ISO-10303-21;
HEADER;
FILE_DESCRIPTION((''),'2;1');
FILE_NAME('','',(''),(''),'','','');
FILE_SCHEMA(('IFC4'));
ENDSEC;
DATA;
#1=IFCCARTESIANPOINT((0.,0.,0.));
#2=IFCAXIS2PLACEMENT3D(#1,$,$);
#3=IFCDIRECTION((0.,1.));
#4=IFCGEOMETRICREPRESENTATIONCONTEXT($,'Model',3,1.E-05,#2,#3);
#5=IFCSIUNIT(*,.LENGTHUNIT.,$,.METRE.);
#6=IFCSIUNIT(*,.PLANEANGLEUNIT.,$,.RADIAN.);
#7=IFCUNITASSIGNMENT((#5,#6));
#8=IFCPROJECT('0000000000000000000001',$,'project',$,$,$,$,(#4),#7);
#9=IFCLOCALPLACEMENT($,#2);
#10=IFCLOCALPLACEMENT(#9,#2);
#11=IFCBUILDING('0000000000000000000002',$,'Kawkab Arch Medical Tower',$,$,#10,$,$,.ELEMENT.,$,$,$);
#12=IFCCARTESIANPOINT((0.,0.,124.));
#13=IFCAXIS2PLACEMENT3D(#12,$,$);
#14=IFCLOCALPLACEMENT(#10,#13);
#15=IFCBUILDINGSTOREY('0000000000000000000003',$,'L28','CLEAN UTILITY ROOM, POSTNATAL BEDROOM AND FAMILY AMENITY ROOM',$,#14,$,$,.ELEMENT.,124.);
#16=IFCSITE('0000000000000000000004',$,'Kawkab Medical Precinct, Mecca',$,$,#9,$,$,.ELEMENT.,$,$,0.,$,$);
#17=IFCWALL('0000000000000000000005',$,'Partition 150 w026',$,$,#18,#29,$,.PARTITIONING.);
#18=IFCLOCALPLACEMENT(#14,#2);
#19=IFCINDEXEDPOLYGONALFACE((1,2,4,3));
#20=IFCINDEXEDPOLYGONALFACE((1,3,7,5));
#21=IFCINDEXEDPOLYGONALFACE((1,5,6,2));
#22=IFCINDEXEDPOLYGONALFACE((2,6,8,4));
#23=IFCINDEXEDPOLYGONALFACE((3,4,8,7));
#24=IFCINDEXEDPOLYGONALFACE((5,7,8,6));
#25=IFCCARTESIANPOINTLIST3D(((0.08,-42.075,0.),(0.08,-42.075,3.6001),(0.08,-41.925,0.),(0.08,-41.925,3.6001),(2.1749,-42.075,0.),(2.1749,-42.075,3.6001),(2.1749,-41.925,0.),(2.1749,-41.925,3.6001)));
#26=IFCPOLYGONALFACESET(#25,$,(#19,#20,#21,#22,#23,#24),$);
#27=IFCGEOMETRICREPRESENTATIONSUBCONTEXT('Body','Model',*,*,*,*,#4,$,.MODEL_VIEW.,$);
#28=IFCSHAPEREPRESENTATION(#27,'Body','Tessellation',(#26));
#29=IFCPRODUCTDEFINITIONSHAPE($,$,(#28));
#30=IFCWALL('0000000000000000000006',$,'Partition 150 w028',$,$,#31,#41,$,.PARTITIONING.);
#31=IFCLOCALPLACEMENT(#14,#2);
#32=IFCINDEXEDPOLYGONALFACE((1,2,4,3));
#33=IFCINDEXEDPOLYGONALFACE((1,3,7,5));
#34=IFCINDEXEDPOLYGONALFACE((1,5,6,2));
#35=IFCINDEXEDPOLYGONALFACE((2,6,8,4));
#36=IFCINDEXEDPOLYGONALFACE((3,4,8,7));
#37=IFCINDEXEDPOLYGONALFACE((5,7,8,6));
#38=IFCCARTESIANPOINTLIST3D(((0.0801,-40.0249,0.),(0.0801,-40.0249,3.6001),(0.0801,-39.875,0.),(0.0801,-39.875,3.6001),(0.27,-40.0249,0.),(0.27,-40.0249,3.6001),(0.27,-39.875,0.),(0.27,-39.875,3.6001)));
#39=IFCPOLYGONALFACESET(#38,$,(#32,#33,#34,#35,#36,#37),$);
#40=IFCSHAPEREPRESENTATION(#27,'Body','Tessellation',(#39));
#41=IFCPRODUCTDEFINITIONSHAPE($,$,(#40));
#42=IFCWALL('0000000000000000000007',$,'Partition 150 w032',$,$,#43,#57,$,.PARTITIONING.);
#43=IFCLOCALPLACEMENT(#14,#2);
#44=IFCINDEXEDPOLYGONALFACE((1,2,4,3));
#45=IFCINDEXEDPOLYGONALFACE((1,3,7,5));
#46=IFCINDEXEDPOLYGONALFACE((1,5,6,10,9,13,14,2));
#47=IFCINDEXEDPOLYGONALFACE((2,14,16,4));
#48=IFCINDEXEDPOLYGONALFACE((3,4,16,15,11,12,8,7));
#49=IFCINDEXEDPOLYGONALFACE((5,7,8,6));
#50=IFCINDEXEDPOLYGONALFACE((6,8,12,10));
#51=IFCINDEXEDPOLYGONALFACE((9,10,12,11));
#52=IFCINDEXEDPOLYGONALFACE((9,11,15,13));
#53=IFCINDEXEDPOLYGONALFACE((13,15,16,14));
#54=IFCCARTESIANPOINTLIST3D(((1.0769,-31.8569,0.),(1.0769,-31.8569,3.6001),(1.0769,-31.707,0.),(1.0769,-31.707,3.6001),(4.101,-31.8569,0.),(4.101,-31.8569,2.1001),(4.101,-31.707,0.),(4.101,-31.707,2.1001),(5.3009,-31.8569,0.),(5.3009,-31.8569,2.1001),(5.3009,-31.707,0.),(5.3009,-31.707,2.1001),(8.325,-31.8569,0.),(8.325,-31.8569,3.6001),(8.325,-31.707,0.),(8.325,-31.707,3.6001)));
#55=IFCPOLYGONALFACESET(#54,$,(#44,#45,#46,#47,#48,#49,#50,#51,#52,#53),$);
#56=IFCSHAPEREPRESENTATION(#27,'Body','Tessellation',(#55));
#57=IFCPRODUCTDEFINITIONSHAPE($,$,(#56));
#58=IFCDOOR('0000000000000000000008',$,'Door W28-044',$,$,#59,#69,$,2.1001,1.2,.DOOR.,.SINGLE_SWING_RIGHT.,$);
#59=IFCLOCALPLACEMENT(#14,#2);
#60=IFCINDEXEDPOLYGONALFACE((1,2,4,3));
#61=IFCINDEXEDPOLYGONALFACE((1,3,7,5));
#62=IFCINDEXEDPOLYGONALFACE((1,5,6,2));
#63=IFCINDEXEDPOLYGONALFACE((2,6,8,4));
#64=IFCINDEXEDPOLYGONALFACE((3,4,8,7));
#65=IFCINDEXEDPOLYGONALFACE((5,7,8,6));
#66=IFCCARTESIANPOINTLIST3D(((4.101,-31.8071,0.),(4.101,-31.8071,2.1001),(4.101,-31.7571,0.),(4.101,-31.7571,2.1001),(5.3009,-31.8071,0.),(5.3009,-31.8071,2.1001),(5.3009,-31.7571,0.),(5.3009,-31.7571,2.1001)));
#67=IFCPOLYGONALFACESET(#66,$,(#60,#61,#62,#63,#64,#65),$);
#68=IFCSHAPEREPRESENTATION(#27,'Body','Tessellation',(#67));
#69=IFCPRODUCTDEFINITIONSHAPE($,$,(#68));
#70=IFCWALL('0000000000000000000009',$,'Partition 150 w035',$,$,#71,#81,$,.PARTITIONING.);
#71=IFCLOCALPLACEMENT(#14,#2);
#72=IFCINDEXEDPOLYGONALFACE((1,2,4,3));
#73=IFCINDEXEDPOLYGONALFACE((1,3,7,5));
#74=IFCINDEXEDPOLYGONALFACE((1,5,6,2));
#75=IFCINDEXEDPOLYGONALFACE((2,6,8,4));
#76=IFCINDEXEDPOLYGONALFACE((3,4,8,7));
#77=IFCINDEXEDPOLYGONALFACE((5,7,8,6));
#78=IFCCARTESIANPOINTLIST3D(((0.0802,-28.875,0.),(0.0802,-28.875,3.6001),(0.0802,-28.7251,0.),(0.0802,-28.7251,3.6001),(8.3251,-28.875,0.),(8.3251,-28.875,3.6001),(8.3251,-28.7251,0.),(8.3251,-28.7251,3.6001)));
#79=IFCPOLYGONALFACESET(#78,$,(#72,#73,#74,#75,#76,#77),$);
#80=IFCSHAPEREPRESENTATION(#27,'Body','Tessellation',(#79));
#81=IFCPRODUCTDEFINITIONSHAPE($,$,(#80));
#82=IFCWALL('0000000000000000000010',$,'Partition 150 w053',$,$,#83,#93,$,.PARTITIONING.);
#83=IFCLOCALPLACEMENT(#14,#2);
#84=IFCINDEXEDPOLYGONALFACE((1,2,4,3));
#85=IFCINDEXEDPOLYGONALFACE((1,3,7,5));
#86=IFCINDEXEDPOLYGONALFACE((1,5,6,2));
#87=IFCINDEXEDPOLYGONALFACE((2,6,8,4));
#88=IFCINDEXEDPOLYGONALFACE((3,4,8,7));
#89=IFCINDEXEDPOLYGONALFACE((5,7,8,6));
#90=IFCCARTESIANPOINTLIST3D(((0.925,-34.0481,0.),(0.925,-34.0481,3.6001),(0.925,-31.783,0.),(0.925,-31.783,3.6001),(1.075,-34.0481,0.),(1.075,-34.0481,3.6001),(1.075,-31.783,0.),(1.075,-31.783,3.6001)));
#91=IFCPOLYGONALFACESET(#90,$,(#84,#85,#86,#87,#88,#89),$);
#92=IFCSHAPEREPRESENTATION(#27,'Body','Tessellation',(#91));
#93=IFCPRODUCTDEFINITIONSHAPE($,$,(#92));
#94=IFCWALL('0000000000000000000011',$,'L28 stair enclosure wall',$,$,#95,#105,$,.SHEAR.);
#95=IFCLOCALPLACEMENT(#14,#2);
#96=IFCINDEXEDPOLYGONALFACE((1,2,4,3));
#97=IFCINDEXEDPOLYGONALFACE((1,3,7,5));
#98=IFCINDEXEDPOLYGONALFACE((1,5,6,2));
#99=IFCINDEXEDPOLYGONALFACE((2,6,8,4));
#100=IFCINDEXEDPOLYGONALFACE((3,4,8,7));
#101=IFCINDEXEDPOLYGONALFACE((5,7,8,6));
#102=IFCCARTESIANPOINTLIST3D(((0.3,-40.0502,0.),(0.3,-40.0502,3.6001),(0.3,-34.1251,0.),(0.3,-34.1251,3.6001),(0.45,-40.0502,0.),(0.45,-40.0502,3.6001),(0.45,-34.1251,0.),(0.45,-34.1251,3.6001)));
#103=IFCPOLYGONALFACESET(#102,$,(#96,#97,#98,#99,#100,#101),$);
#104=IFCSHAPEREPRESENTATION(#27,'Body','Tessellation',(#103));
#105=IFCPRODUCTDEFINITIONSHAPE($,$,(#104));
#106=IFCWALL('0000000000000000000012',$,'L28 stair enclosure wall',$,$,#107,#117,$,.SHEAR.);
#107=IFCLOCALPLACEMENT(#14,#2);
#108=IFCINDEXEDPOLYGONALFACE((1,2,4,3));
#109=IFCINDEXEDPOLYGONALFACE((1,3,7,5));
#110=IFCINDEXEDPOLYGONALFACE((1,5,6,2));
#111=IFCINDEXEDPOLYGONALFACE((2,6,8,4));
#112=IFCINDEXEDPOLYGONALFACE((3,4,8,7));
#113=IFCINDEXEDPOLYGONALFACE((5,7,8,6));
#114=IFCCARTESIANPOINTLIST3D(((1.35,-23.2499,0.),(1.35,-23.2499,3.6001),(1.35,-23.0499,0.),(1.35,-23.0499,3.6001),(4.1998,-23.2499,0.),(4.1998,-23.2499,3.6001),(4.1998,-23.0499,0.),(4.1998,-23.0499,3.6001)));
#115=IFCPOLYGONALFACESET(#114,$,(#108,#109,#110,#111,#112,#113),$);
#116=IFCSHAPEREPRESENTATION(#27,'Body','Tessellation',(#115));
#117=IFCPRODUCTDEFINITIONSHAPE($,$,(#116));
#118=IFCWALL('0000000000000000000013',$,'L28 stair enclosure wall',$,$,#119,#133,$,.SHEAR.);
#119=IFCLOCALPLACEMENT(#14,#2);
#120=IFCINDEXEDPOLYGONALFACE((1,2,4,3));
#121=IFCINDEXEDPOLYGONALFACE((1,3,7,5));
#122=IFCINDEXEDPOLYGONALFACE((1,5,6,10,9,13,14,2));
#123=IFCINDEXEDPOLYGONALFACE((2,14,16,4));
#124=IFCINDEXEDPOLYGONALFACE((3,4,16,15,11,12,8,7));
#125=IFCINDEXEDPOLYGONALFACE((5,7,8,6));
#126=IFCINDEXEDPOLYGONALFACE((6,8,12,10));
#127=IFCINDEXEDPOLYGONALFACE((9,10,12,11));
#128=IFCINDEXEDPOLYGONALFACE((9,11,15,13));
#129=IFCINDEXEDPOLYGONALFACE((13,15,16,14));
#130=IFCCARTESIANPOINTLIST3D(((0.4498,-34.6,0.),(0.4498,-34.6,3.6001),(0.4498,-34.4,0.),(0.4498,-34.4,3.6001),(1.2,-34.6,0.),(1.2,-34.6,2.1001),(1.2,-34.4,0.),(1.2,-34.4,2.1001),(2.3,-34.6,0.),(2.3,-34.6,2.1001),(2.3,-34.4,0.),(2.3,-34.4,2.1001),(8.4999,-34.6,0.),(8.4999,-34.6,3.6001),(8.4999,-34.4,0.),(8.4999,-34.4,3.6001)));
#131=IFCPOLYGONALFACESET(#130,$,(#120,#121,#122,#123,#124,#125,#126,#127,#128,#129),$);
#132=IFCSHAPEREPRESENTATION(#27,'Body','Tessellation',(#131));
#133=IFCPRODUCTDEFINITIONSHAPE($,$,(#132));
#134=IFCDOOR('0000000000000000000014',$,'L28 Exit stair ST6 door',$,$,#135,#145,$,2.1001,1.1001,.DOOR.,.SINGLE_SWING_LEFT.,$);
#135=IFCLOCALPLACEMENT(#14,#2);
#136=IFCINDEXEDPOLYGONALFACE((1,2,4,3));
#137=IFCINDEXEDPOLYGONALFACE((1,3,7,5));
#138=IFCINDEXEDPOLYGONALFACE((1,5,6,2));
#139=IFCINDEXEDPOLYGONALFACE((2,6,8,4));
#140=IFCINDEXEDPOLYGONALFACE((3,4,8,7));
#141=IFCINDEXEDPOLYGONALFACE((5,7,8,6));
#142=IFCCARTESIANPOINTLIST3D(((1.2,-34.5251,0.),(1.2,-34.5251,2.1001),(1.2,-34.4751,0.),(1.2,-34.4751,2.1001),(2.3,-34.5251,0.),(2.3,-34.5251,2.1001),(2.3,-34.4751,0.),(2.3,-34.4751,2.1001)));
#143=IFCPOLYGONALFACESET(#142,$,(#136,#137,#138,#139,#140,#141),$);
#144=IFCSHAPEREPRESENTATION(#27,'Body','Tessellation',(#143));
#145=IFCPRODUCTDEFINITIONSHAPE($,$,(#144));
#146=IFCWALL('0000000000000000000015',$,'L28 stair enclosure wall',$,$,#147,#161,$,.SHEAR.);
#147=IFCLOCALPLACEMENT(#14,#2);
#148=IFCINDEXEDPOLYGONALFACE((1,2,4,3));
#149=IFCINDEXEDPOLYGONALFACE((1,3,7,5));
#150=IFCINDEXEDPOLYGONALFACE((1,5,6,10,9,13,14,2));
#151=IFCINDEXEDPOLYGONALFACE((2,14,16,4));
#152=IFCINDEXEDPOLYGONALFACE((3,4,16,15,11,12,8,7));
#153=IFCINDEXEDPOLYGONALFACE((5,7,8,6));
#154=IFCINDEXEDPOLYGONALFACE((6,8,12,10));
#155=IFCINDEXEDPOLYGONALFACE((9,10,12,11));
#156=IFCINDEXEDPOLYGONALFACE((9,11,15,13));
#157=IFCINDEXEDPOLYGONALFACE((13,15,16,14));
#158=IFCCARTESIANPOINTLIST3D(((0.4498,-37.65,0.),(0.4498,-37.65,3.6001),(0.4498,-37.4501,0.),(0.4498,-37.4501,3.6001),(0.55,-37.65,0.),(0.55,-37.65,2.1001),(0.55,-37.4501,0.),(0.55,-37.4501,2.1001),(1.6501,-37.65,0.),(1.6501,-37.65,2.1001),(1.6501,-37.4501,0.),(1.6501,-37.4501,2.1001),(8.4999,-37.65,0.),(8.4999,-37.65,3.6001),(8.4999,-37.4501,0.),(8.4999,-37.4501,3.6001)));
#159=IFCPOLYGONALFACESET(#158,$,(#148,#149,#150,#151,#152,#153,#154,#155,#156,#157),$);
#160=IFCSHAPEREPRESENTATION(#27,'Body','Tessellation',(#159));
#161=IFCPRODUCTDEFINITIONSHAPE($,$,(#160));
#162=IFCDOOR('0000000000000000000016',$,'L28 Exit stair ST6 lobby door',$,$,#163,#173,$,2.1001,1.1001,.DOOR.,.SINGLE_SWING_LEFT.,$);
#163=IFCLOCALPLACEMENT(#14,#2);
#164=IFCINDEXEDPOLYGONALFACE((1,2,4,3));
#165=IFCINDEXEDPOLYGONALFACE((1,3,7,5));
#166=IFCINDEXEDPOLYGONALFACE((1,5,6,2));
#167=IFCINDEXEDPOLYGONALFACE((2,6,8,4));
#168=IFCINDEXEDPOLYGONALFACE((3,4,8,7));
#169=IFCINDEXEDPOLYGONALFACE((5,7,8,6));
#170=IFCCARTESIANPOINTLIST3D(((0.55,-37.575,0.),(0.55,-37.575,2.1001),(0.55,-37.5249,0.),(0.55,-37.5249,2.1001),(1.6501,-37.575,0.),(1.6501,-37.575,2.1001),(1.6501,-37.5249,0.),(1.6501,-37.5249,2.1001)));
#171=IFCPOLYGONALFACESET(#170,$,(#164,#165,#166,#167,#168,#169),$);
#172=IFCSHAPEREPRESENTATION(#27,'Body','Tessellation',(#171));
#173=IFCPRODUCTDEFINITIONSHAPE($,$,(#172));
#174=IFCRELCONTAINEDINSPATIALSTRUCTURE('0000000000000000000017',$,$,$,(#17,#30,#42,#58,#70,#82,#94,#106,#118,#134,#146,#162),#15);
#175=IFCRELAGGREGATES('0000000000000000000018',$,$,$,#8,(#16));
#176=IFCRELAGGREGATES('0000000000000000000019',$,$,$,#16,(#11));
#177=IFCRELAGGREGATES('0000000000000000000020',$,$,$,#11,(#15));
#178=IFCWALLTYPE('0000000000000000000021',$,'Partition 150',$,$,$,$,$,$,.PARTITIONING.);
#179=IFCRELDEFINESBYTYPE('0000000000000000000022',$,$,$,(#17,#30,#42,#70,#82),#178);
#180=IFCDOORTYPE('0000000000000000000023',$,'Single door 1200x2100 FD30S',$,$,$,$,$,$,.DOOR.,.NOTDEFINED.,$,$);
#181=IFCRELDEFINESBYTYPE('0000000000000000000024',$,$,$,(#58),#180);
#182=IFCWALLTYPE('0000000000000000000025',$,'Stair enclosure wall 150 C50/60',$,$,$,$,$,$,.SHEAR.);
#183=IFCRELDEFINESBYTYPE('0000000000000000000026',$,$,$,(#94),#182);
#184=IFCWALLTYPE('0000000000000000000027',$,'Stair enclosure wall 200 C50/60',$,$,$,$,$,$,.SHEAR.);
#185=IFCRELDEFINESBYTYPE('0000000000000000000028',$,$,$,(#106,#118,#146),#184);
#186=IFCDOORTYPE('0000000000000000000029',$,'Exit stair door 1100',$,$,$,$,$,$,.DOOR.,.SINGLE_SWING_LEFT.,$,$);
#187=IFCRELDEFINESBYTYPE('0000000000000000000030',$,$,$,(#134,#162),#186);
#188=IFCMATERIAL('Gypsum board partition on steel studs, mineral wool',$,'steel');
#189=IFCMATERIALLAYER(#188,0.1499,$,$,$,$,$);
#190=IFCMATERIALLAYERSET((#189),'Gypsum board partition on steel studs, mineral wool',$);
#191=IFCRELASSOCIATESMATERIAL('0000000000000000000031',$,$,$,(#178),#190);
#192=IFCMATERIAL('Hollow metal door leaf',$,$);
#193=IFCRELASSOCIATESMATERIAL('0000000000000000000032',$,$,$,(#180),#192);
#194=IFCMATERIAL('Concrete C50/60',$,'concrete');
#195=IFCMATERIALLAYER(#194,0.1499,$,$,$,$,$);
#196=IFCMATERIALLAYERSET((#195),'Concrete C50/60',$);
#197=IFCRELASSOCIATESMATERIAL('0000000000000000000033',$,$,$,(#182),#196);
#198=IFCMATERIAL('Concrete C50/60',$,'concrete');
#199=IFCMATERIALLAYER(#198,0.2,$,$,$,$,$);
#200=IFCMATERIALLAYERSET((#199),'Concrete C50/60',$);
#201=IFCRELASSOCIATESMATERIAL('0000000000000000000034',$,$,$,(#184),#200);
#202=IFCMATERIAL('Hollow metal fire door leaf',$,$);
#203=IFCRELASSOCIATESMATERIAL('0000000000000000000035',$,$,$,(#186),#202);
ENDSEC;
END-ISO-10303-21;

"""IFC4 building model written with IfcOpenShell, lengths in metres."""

from ifc_helpers import new_model, si_unit, direction, frame, frame_2d, origin, place, context, subcontext, project, spatial, rectangle, extrude, material, layer, layer_set, type_object, element, fill, save


model = new_model("IFC4")

# Units and contexts
model_context = context("Model", 3, precision=1e-05, world=origin(), true_north=direction((0.0, 1.0)))
body_context = subcontext(model_context, "Body", "Model", "MODEL_VIEW")
ifc_project = project(units=[si_unit("LENGTHUNIT", "METRE"), si_unit("PLANEANGLEUNIT", "RADIAN")], contexts=[model_context])

# Site, building, storey
site_placement = place(None, origin())
site = spatial("IfcSite", under=ifc_project, at=site_placement, Name="Kawkab Medical Precinct, Mecca", CompositionType="ELEMENT", RefElevation=0.0)
building_placement = place(site_placement, origin())
building = spatial("IfcBuilding", under=site, at=building_placement, Name="Kawkab Arch Medical Tower", CompositionType="ELEMENT")
storey_placement = place(building_placement, frame((0.0, 0.0, 124.0)))
storey = spatial("IfcBuildingStorey", under=building, at=storey_placement, Name="L28", Description="CLEAN UTILITY ROOM, POSTNATAL BEDROOM AND FAMILY AMENITY ROOM", CompositionType="ELEMENT", Elevation=124.0)

# Walls
ifc_material_1 = material(Name="Gypsum board partition on steel studs, mineral wool", Category="steel")
ifc_layer_1 = layer(ifc_material_1, 0.1499)
ifc_layer_set_1 = layer_set([ifc_layer_1], Name="Gypsum board partition on steel studs, mineral wool")
wall_type_1 = type_object("IfcWallType", Name="Partition 150", PredefinedType="PARTITIONING", material=ifc_layer_set_1)
wall_1_placement = place(storey_placement, frame((0.0801, -42.0, 0.0), z_axis=(0.0, 0.0, 1.0), x_axis=(1.0, 0.0, 0.0)))
element("IfcWall", 1, at=wall_1_placement, inside=storey, type_object=wall_type_1, Name="Partition 150 w026", PredefinedType="PARTITIONING", context=body_context, shape_type="SweptSolid", body=[
    extrude(rectangle(XDim=2.095, YDim=0.1499, at=frame_2d((1.0474, 0.0))), origin(), (0.0, 0.0, 1.0), 3.6001),
])
wall_2_placement = place(storey_placement, frame((0.0801, -39.95, 0.0), z_axis=(0.0, 0.0, 1.0), x_axis=(1.0, 0.0, 0.0)))
element("IfcWall", 2, at=wall_2_placement, inside=storey, type_object=wall_type_1, Name="Partition 150 w028", PredefinedType="PARTITIONING", context=body_context, shape_type="SweptSolid", body=[
    extrude(rectangle(XDim=0.1899, YDim=0.1499, at=frame_2d((0.095, 0.0))), origin(), (0.0, 0.0, 1.0), 3.6001),
])

# Wall, opening, door
wall_3_placement = place(storey_placement, frame((1.0769, -31.782, 0.0), z_axis=(0.0, 0.0, 1.0), x_axis=(1.0, 0.0, 0.0)))
wall_3 = element("IfcWall", 3, at=wall_3_placement, inside=storey, type_object=wall_type_1, Name="Partition 150 w032", PredefinedType="PARTITIONING", context=body_context, shape_type="SweptSolid", body=[
    extrude(rectangle(XDim=7.248, YDim=0.1499, at=frame_2d((3.624, 0.0))), origin(), (0.0, 0.0, 1.0), 3.6001),
])
opening_1_placement = place(wall_3_placement, frame((3.0239, 0.0, 0.0)))
opening_1 = element("IfcOpeningElement", 4, at=opening_1_placement, cuts=wall_3, PredefinedType="OPENING", context=body_context, shape_type="SweptSolid", body=[
    extrude(rectangle(XDim=1.2, YDim=2.1001, at=frame_2d((0.6001, 1.05))), frame((0.0, 0.085, 0.0), z_axis=(0.0, -1.0, 0.0), x_axis=(1.0, 0.0, 0.0)), (0.0, 0.0, 1.0), 0.1699),
])
ifc_material_2 = material(Name="Hollow metal door leaf")
door_type_1 = type_object("IfcDoorType", Name="Single door 1200x2100 FD30S", OperationType="NOTDEFINED", PredefinedType="DOOR", material=ifc_material_2)
door_1_placement = place(opening_1_placement, origin())
door_1 = element("IfcDoor", 5, at=door_1_placement, inside=storey, type_object=door_type_1, Name="Door W28-044", OperationType="SINGLE_SWING_RIGHT", OverallHeight=2.1001, OverallWidth=1.2, PredefinedType="DOOR", context=body_context, shape_type="SweptSolid", body=[
    extrude(rectangle(XDim=1.2, YDim=2.1001, at=frame_2d((0.6001, 1.05))), frame((0.0, 0.0249, 0.0), z_axis=(0.0, -1.0, 0.0), x_axis=(1.0, 0.0, 0.0)), (0.0, 0.0, 1.0), 0.05),
])
fill(opening_1, door_1)

# Walls
wall_4_placement = place(storey_placement, frame((0.0801, -28.8, 0.0), z_axis=(0.0, 0.0, 1.0), x_axis=(1.0, 0.0, 0.0)))
element("IfcWall", 6, at=wall_4_placement, inside=storey, type_object=wall_type_1, Name="Partition 150 w035", PredefinedType="PARTITIONING", context=body_context, shape_type="SweptSolid", body=[
    extrude(rectangle(XDim=8.2449, YDim=0.1499, at=frame_2d((4.1226, 0.0))), origin(), (0.0, 0.0, 1.0), 3.6001),
])
wall_5_placement = place(storey_placement, frame((1.0, -34.0481, 0.0), z_axis=(0.0, 0.0, 1.0), x_axis=(0.0, 1.0, 0.0)))
element("IfcWall", 7, at=wall_5_placement, inside=storey, type_object=wall_type_1, Name="Partition 150 w053", PredefinedType="PARTITIONING", context=body_context, shape_type="SweptSolid", body=[
    extrude(rectangle(XDim=2.2651, YDim=0.1499, at=frame_2d((1.1326, 0.0))), origin(), (0.0, 0.0, 1.0), 3.6001),
])
ifc_material_3 = material(Name="Concrete C50/60", Category="concrete")
ifc_layer_2 = layer(ifc_material_3, 0.1499)
ifc_layer_set_2 = layer_set([ifc_layer_2], Name="Concrete C50/60")
wall_type_2 = type_object("IfcWallType", Name="Stair enclosure wall 150 C50/60", PredefinedType="SHEAR", material=ifc_layer_set_2)
wall_6_placement = place(storey_placement, frame((0.375, -40.05, 0.0), z_axis=(0.0, 0.0, 1.0), x_axis=(0.0, 1.0, 0.0)))
element("IfcWall", 8, at=wall_6_placement, inside=storey, type_object=wall_type_2, Name="L28 stair enclosure wall", PredefinedType="SHEAR", context=body_context, shape_type="SweptSolid", body=[
    extrude(rectangle(XDim=5.925, YDim=0.1499, at=frame_2d((2.9624, 0.0))), origin(), (0.0, 0.0, 1.0), 3.6001),
])
ifc_material_4 = material(Name="Concrete C50/60", Category="concrete")
ifc_layer_3 = layer(ifc_material_4, 0.2)
ifc_layer_set_3 = layer_set([ifc_layer_3], Name="Concrete C50/60")
wall_type_3 = type_object("IfcWallType", Name="Stair enclosure wall 200 C50/60", PredefinedType="SHEAR", material=ifc_layer_set_3)
wall_7_placement = place(storey_placement, frame((1.3501, -23.1499, 0.0), z_axis=(0.0, 0.0, 1.0), x_axis=(1.0, 0.0, 0.0)))
element("IfcWall", 9, at=wall_7_placement, inside=storey, type_object=wall_type_3, Name="L28 stair enclosure wall", PredefinedType="SHEAR", context=body_context, shape_type="SweptSolid", body=[
    extrude(rectangle(XDim=2.8499, YDim=0.2, at=frame_2d((1.4248, 0.0))), origin(), (0.0, 0.0, 1.0), 3.6001),
])

# Walls, openings, doors
wall_8_placement = place(storey_placement, frame((0.45, -34.5, 0.0), z_axis=(0.0, 0.0, 1.0), x_axis=(1.0, 0.0, 0.0)))
wall_8 = element("IfcWall", 10, at=wall_8_placement, inside=storey, type_object=wall_type_3, Name="L28 stair enclosure wall", PredefinedType="SHEAR", context=body_context, shape_type="SweptSolid", body=[
    extrude(rectangle(XDim=8.05, YDim=0.2, at=frame_2d((4.0249, 0.0))), origin(), (0.0, 0.0, 1.0), 3.6001),
])
opening_2_placement = place(wall_8_placement, frame((0.75, 0.0, 0.0)))
opening_2 = element("IfcOpeningElement", 11, at=opening_2_placement, cuts=wall_8, PredefinedType="OPENING", context=body_context, shape_type="SweptSolid", body=[
    extrude(rectangle(XDim=1.1001, YDim=2.1001, at=frame_2d((0.55, 1.05))), frame((0.0, 0.1099, 0.0), z_axis=(0.0, -1.0, 0.0), x_axis=(1.0, 0.0, 0.0)), (0.0, 0.0, 1.0), 0.22),
])
ifc_material_5 = material(Name="Hollow metal fire door leaf")
door_type_2 = type_object("IfcDoorType", Name="Exit stair door 1100", OperationType="SINGLE_SWING_LEFT", PredefinedType="DOOR", material=ifc_material_5)
door_2_placement = place(opening_2_placement, origin())
door_2 = element("IfcDoor", 12, at=door_2_placement, inside=storey, type_object=door_type_2, Name="L28 Exit stair ST6 door", OperationType="SINGLE_SWING_LEFT", OverallHeight=2.1001, OverallWidth=1.1001, PredefinedType="DOOR", context=body_context, shape_type="SweptSolid", body=[
    extrude(rectangle(XDim=1.1001, YDim=2.1001, at=frame_2d((0.55, 1.05))), frame((0.0, 0.0249, 0.0), z_axis=(0.0, -1.0, 0.0), x_axis=(1.0, 0.0, 0.0)), (0.0, 0.0, 1.0), 0.05),
])
fill(opening_2, door_2)
wall_9_placement = place(storey_placement, frame((0.45, -37.55, 0.0), z_axis=(0.0, 0.0, 1.0), x_axis=(1.0, 0.0, 0.0)))
wall_9 = element("IfcWall", 13, at=wall_9_placement, inside=storey, type_object=wall_type_3, Name="L28 stair enclosure wall", PredefinedType="SHEAR", context=body_context, shape_type="SweptSolid", body=[
    extrude(rectangle(XDim=8.05, YDim=0.2, at=frame_2d((4.0249, 0.0))), origin(), (0.0, 0.0, 1.0), 3.6001),
])
opening_3_placement = place(wall_9_placement, frame((0.1001, 0.0, 0.0)))
opening_3 = element("IfcOpeningElement", 14, at=opening_3_placement, cuts=wall_9, PredefinedType="OPENING", context=body_context, shape_type="SweptSolid", body=[
    extrude(rectangle(XDim=1.1001, YDim=2.1001, at=frame_2d((0.55, 1.05))), frame((0.0, 0.1099, 0.0), z_axis=(0.0, -1.0, 0.0), x_axis=(1.0, 0.0, 0.0)), (0.0, 0.0, 1.0), 0.22),
])
door_3_placement = place(opening_3_placement, frame((1.1001, 0.0, 0.0), z_axis=(0.0, 0.0, 1.0), x_axis=(-1.0, 0.0, 0.0)))
door_3 = element("IfcDoor", 15, at=door_3_placement, inside=storey, type_object=door_type_2, Name="L28 Exit stair ST6 lobby door", OperationType="SINGLE_SWING_LEFT", OverallHeight=2.1001, OverallWidth=1.1001, PredefinedType="DOOR", context=body_context, shape_type="SweptSolid", body=[
    extrude(rectangle(XDim=1.1001, YDim=2.1001, at=frame_2d((0.55, 1.05))), frame((0.0, 0.0249, 0.0), z_axis=(0.0, -1.0, 0.0), x_axis=(1.0, 0.0, 0.0)), (0.0, 0.0, 1.0), 0.05),
])
fill(opening_3, door_3)

save(model, "model.ifc")
